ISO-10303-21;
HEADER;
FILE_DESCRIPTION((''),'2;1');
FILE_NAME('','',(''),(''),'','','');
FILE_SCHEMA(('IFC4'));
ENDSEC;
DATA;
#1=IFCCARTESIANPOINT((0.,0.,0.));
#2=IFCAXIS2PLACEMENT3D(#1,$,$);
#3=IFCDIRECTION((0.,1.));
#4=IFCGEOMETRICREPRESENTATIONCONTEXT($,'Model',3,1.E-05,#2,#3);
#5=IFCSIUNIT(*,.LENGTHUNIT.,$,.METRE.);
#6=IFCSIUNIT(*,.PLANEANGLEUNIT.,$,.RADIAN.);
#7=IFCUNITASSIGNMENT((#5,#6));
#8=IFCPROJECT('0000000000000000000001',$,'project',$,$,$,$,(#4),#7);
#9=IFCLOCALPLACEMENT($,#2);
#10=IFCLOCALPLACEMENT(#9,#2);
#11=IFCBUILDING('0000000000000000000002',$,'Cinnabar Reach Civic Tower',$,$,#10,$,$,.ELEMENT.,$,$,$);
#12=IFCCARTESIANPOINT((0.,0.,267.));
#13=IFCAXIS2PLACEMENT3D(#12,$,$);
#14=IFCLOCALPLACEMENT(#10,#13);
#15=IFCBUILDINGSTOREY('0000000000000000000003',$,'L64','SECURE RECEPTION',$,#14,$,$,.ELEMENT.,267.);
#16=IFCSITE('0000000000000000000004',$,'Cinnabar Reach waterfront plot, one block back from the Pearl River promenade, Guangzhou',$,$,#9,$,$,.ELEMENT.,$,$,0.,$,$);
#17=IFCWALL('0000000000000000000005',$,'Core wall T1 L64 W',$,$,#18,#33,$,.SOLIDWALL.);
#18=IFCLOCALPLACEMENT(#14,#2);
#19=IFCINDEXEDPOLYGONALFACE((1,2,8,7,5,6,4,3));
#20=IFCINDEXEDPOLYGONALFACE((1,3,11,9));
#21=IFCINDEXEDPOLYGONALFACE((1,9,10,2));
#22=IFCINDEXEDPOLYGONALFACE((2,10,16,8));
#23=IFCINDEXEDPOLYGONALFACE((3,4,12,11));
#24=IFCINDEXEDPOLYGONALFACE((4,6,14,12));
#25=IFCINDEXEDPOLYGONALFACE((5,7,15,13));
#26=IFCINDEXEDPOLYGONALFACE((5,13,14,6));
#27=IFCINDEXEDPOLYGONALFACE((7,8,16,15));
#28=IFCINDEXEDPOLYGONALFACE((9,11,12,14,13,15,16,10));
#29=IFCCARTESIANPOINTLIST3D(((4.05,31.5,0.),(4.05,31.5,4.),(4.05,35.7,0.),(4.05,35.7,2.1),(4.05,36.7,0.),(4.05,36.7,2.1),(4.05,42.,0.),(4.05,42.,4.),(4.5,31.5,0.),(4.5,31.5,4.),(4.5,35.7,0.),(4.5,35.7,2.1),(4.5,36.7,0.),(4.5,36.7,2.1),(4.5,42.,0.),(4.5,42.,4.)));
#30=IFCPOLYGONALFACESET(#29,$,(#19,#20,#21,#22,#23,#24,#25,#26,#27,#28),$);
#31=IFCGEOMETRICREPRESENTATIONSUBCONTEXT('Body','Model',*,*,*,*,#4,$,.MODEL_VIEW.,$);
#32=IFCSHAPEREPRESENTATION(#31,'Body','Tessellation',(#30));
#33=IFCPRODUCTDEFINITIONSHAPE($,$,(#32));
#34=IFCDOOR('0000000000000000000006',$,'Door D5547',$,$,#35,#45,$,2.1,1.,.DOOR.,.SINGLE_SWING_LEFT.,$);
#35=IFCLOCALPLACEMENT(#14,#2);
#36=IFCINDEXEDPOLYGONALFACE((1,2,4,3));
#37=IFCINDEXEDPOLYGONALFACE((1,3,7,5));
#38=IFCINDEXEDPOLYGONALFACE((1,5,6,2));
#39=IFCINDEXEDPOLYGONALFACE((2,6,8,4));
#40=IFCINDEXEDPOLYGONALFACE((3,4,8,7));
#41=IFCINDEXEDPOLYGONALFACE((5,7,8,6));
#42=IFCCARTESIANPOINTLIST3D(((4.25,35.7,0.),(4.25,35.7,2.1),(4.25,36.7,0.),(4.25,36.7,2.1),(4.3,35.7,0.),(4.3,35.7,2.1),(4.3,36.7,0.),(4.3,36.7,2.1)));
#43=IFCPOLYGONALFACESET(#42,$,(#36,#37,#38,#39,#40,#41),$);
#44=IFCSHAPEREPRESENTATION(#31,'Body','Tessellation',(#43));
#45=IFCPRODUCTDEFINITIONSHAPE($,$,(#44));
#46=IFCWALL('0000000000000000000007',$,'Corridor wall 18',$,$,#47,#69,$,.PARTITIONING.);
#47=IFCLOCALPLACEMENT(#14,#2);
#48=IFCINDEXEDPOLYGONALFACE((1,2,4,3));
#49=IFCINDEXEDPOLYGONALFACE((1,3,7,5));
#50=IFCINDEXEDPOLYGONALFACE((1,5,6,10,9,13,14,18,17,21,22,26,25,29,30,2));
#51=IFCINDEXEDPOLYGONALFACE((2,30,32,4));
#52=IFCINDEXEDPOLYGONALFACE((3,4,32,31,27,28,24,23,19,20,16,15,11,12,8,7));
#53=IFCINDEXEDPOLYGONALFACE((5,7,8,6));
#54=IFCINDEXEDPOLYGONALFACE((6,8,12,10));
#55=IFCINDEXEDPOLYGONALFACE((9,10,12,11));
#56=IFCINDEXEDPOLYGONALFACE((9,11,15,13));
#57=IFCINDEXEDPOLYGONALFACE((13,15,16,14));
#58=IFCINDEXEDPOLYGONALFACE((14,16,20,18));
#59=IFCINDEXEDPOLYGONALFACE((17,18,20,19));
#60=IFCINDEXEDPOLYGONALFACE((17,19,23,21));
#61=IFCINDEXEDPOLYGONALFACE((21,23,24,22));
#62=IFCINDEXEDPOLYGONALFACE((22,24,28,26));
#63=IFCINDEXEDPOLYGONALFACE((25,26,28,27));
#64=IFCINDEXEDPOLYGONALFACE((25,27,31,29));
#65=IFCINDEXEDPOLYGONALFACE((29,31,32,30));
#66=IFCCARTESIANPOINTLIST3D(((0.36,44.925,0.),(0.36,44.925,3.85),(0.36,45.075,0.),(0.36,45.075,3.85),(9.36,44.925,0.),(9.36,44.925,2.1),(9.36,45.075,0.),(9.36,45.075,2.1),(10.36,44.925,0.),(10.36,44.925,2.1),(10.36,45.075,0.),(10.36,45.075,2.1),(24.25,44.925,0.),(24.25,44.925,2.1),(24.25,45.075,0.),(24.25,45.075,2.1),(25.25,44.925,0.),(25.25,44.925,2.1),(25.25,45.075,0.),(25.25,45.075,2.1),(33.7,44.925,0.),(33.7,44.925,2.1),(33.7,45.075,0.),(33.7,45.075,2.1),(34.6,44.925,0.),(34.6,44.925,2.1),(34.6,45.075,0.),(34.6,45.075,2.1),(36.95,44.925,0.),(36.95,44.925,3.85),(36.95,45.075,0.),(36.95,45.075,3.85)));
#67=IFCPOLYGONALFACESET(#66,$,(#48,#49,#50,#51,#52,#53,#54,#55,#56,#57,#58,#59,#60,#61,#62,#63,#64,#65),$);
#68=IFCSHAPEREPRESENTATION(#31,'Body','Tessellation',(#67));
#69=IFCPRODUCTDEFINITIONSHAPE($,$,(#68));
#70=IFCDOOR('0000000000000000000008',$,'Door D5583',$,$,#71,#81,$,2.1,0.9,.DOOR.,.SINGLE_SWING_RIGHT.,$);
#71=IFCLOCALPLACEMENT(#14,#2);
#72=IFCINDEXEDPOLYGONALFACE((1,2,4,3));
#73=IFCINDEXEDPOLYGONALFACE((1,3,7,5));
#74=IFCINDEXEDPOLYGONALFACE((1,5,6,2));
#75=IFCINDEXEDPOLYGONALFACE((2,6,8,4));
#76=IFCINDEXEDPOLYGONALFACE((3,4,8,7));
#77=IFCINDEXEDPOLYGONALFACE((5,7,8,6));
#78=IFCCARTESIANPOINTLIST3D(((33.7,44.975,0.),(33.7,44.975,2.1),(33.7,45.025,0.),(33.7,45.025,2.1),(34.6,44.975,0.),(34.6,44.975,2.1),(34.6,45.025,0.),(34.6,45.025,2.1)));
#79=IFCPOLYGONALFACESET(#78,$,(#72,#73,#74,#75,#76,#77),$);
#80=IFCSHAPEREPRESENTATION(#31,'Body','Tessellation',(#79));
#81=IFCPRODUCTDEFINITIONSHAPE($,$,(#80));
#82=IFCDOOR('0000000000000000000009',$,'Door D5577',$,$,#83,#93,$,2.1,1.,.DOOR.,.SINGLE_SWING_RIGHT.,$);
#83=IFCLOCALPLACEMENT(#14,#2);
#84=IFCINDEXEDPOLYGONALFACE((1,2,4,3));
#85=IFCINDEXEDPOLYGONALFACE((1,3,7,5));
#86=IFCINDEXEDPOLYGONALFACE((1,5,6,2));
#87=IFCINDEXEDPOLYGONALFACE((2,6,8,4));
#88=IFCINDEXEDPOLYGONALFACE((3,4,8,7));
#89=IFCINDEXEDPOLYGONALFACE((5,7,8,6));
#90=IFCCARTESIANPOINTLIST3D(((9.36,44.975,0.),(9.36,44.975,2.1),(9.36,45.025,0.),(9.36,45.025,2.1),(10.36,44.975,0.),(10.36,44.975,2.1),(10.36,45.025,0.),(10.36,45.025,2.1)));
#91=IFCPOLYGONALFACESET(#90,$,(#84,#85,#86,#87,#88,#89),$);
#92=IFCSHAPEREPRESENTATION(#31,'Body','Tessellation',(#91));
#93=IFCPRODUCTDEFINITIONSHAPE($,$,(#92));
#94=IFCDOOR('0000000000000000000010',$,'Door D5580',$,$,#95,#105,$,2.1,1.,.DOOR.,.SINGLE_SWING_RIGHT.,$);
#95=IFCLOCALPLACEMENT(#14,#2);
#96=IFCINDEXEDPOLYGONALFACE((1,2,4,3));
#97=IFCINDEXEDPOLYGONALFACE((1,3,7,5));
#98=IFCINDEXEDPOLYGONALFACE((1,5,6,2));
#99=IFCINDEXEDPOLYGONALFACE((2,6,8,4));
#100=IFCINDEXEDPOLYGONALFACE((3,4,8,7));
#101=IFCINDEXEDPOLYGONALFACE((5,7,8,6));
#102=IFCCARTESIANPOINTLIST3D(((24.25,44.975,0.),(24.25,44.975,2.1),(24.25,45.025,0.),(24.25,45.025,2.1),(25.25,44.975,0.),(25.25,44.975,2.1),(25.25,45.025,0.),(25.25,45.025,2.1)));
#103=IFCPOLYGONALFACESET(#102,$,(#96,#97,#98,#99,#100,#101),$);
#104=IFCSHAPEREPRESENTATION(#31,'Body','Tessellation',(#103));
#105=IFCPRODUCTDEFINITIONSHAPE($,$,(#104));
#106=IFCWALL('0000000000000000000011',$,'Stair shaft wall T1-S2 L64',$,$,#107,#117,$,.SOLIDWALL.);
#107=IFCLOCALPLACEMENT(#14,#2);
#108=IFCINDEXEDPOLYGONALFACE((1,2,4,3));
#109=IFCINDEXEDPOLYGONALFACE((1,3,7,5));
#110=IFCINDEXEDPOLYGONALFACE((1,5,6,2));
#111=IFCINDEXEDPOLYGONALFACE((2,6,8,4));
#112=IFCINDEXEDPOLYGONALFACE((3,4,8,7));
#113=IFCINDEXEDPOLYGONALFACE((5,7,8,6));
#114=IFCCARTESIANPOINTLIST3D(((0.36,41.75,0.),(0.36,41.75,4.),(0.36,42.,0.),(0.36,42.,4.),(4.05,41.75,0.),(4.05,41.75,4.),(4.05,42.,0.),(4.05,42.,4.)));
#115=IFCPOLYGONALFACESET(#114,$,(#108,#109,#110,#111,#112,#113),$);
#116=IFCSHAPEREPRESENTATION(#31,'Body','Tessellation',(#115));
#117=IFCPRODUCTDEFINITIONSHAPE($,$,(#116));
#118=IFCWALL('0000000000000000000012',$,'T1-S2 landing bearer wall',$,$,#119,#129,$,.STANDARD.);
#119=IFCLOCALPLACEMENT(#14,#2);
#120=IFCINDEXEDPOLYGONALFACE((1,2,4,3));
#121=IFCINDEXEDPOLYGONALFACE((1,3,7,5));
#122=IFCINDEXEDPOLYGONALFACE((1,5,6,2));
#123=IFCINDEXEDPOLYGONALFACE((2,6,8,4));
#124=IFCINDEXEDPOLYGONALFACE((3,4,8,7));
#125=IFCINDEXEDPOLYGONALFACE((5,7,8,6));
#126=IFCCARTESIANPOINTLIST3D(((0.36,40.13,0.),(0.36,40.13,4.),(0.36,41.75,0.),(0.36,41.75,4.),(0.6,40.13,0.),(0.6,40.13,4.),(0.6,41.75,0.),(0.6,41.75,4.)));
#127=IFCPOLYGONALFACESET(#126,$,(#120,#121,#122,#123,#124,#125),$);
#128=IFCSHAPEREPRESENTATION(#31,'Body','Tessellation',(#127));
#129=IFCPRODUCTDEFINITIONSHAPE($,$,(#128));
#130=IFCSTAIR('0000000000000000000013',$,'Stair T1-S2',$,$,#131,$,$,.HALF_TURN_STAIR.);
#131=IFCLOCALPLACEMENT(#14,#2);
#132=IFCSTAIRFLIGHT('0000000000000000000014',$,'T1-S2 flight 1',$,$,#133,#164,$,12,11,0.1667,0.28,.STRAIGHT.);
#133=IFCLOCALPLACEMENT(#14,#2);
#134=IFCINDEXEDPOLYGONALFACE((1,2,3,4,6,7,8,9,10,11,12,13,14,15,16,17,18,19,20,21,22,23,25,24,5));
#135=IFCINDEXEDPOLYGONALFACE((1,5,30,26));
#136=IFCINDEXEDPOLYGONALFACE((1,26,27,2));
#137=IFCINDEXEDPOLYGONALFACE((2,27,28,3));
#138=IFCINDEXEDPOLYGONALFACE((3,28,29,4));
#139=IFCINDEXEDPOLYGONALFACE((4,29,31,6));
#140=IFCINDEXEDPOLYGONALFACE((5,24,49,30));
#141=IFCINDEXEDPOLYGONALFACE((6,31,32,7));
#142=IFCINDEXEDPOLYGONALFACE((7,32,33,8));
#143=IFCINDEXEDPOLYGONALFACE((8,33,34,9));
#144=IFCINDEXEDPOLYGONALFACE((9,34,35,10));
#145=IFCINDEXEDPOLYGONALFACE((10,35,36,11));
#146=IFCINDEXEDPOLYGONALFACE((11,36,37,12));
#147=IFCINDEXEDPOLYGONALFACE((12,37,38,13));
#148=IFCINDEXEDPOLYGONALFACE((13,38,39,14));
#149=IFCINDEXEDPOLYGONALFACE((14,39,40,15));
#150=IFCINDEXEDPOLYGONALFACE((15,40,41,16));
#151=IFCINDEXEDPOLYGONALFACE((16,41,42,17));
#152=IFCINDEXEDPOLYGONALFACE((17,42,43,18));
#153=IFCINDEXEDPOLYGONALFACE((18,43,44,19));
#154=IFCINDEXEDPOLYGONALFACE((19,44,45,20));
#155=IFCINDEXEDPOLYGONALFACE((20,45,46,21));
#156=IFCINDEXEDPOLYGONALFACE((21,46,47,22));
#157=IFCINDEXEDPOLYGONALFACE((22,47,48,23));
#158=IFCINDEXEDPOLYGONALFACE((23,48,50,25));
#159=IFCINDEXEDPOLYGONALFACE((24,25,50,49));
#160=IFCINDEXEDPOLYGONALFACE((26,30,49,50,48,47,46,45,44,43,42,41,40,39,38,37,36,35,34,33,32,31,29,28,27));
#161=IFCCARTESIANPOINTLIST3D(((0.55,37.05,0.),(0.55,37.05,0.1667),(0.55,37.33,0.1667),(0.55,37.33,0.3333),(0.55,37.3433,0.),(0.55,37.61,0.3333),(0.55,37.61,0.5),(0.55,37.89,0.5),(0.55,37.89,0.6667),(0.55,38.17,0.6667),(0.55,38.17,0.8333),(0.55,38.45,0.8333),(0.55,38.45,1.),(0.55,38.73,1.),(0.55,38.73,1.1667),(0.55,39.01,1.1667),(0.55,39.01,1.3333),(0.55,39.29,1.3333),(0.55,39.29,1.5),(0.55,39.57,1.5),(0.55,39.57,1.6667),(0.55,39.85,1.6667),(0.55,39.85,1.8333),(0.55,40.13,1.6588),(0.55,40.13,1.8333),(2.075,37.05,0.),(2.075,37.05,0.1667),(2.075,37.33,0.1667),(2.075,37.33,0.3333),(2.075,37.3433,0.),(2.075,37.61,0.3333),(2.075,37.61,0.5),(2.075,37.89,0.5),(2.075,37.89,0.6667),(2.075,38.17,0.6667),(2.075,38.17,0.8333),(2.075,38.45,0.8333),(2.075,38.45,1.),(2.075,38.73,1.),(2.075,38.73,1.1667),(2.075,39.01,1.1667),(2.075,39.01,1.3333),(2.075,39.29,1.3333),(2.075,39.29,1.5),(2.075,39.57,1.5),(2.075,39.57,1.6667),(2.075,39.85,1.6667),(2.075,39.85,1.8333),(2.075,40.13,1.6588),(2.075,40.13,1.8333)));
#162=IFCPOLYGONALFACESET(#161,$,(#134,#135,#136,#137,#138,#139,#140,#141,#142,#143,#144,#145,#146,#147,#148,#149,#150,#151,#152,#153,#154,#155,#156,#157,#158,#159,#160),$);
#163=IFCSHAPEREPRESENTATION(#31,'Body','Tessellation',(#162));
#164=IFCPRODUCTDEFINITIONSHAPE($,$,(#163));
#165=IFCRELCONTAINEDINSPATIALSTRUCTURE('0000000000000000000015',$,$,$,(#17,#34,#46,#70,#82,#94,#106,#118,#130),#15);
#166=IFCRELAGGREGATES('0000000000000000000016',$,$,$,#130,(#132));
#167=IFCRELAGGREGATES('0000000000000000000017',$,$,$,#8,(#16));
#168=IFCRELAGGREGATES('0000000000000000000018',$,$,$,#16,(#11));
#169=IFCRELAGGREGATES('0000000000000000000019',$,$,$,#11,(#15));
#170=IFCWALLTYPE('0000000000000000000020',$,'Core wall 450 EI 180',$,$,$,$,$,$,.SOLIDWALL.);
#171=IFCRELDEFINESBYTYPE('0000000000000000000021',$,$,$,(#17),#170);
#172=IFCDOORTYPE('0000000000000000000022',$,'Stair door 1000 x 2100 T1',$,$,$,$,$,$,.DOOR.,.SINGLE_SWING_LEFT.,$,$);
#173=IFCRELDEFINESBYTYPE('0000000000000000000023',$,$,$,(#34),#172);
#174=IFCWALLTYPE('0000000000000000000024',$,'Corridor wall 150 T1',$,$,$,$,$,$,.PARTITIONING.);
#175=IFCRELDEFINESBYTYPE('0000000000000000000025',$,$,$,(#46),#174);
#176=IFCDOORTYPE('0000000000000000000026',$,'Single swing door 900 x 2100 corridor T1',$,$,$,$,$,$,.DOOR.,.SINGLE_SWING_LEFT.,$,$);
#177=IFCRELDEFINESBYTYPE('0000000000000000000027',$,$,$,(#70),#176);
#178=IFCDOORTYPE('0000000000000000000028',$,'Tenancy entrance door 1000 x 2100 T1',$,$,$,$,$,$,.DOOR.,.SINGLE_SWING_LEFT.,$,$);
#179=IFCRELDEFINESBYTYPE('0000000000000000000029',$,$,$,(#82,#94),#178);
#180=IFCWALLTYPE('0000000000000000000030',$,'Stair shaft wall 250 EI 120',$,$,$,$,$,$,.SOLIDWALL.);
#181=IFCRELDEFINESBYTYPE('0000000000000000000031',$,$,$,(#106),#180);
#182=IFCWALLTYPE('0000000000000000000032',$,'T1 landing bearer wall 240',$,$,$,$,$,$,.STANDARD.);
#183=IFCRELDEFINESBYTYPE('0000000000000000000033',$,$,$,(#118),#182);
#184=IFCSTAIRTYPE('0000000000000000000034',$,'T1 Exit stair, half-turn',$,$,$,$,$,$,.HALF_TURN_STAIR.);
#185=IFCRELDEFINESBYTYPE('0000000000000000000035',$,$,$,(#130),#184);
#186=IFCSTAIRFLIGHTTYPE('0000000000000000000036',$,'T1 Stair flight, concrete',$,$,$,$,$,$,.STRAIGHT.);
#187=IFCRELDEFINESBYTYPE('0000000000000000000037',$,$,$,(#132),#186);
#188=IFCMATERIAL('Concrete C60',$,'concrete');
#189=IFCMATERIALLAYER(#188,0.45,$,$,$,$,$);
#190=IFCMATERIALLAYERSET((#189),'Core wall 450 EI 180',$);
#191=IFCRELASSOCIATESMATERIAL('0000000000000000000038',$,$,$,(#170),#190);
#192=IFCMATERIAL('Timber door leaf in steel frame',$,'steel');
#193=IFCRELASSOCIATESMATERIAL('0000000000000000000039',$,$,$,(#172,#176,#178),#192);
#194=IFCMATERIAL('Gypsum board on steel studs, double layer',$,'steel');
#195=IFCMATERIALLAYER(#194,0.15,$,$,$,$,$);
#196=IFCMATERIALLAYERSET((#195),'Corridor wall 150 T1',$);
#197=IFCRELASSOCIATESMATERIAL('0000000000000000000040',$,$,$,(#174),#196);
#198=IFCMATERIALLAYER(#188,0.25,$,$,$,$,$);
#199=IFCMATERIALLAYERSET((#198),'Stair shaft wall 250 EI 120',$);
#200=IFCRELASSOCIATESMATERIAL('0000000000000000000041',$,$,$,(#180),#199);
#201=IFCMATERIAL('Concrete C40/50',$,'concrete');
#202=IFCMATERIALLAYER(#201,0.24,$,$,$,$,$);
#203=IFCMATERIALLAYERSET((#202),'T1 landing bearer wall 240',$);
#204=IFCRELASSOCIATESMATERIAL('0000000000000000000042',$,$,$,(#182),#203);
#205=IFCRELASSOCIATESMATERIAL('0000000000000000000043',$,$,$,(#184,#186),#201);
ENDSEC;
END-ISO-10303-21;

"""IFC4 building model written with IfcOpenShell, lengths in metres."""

from ifc_helpers import new_model, si_unit, direction, frame, frame_2d, origin, place, context, subcontext, project, spatial, polyline, rectangle, outline, extrude, material, layer, layer_set, type_object, element, fill, aggregate, save


model = new_model("IFC4")

# Units and contexts
model_context = context("Model", 3, precision=1e-05, world=origin(), true_north=direction((0.0, 1.0)))
body_context = subcontext(model_context, "Body", "Model", "MODEL_VIEW")
ifc_project = project(units=[si_unit("LENGTHUNIT", "METRE"), si_unit("PLANEANGLEUNIT", "RADIAN")], contexts=[model_context])

# Site, building, storey
site_placement = place(None, origin())
site = spatial("IfcSite", under=ifc_project, at=site_placement, Name="Cinnabar Reach waterfront plot, one block back from the Pearl River promenade, Guangzhou", CompositionType="ELEMENT", RefElevation=0.0)
building_placement = place(site_placement, origin())
building = spatial("IfcBuilding", under=site, at=building_placement, Name="Cinnabar Reach Civic Tower", CompositionType="ELEMENT")
storey_placement = place(building_placement, frame((0.0, 0.0, 267.0)))
storey = spatial("IfcBuildingStorey", under=building, at=storey_placement, Name="L64", Description="SECURE RECEPTION", CompositionType="ELEMENT", Elevation=267.0)

# Shared definitions
ifc_material_1 = material(Name="Concrete C60", Category="concrete")

# Wall, opening, door
ifc_layer_1 = layer(ifc_material_1, 0.45)
ifc_layer_set_1 = layer_set([ifc_layer_1], Name="Core wall 450 EI 180")
wall_type_1 = type_object("IfcWallType", Name="Core wall 450 EI 180", PredefinedType="SOLIDWALL", material=ifc_layer_set_1)
wall_1_placement = place(storey_placement, frame((4.275, 42.0, 0.0), z_axis=(0.0, 0.0, 1.0), x_axis=(0.0, -1.0, 0.0)))
wall_1 = element("IfcWall", 1, at=wall_1_placement, inside=storey, type_object=wall_type_1, Name="Core wall T1 L64 W", PredefinedType="SOLIDWALL", context=body_context, shape_type="SweptSolid", body=[
    extrude(rectangle(XDim=10.5, YDim=0.45, at=frame_2d((5.25, 0.0))), origin(), (0.0, 0.0, 1.0), 4.0),
])
opening_1_placement = place(wall_1_placement, frame((5.3, 0.0, 0.0)))
opening_1 = element("IfcOpeningElement", 2, at=opening_1_placement, cuts=wall_1, PredefinedType="OPENING", context=body_context, shape_type="SweptSolid", body=[
    extrude(rectangle(XDim=1.0, YDim=2.1, at=frame_2d((0.5, 1.05))), frame((0.0, 0.235, 0.0), z_axis=(0.0, -1.0, 0.0), x_axis=(1.0, 0.0, 0.0)), (0.0, 0.0, 1.0), 0.47),
])
ifc_material_2 = material(Name="Timber door leaf in steel frame", Category="steel")
door_type_1 = type_object("IfcDoorType", Name="Stair door 1000 x 2100 T1", OperationType="SINGLE_SWING_LEFT", PredefinedType="DOOR", material=ifc_material_2)
door_1_placement = place(opening_1_placement, frame((1.0, 0.0, 0.0), z_axis=(0.0, 0.0, 1.0), x_axis=(-1.0, 0.0, 0.0)))
door_1 = element("IfcDoor", 3, at=door_1_placement, inside=storey, type_object=door_type_1, Name="Door D5547", OperationType="SINGLE_SWING_LEFT", OverallHeight=2.1, OverallWidth=1.0, PredefinedType="DOOR", context=body_context, shape_type="SweptSolid", body=[
    extrude(rectangle(XDim=1.0, YDim=2.1, at=frame_2d((0.5, 1.05))), frame((0.0, 0.025, 0.0), z_axis=(0.0, -1.0, 0.0), x_axis=(1.0, 0.0, 0.0)), (0.0, 0.0, 1.0), 0.05),
])
fill(opening_1, door_1)

# Wall, openings, doors
ifc_material_3 = material(Name="Gypsum board on steel studs, double layer", Category="steel")
ifc_layer_2 = layer(ifc_material_3, 0.15)
ifc_layer_set_2 = layer_set([ifc_layer_2], Name="Corridor wall 150 T1")
wall_type_2 = type_object("IfcWallType", Name="Corridor wall 150 T1", PredefinedType="PARTITIONING", material=ifc_layer_set_2)
wall_2_placement = place(storey_placement, frame((0.36, 45.0, 0.0), z_axis=(0.0, 0.0, 1.0), x_axis=(1.0, 0.0, 0.0)))
wall_2 = element("IfcWall", 4, at=wall_2_placement, inside=storey, type_object=wall_type_2, Name="Corridor wall 18", PredefinedType="PARTITIONING", context=body_context, shape_type="SweptSolid", body=[
    extrude(rectangle(XDim=36.59, YDim=0.15, at=frame_2d((18.295, 0.0))), origin(), (0.0, 0.0, 1.0), 3.85),
])
opening_2_placement = place(wall_2_placement, frame((9.0, 0.0, 0.0)))
opening_2 = element("IfcOpeningElement", 5, at=opening_2_placement, cuts=wall_2, PredefinedType="OPENING", context=body_context, shape_type="SweptSolid", body=[
    extrude(rectangle(XDim=1.0, YDim=2.1, at=frame_2d((0.5, 1.05))), frame((0.0, 0.085, 0.0), z_axis=(0.0, -1.0, 0.0), x_axis=(1.0, 0.0, 0.0)), (0.0, 0.0, 1.0), 0.17),
])
opening_3_placement = place(wall_2_placement, frame((23.89, 0.0, 0.0)))
opening_3 = element("IfcOpeningElement", 6, at=opening_3_placement, cuts=wall_2, PredefinedType="OPENING", context=body_context, shape_type="SweptSolid", body=[
    extrude(rectangle(XDim=1.0, YDim=2.1, at=frame_2d((0.5, 1.05))), frame((0.0, 0.085, 0.0), z_axis=(0.0, -1.0, 0.0), x_axis=(1.0, 0.0, 0.0)), (0.0, 0.0, 1.0), 0.17),
])
opening_4_placement = place(wall_2_placement, frame((33.34, 0.0, 0.0)))
opening_4 = element("IfcOpeningElement", 7, at=opening_4_placement, cuts=wall_2, PredefinedType="OPENING", context=body_context, shape_type="SweptSolid", body=[
    extrude(rectangle(XDim=0.9, YDim=2.1, at=frame_2d((0.45, 1.05))), frame((0.0, 0.085, 0.0), z_axis=(0.0, -1.0, 0.0), x_axis=(1.0, 0.0, 0.0)), (0.0, 0.0, 1.0), 0.17),
])
door_type_2 = type_object("IfcDoorType", Name="Single swing door 900 x 2100 corridor T1", OperationType="SINGLE_SWING_LEFT", PredefinedType="DOOR", material=ifc_material_2)
door_2_placement = place(opening_4_placement, origin())
door_2 = element("IfcDoor", 8, at=door_2_placement, inside=storey, type_object=door_type_2, Name="Door D5583", OperationType="SINGLE_SWING_RIGHT", OverallHeight=2.1, OverallWidth=0.9, PredefinedType="DOOR", context=body_context, shape_type="SweptSolid", body=[
    extrude(rectangle(XDim=0.9, YDim=2.1, at=frame_2d((0.45, 1.05))), frame((0.0, 0.025, 0.0), z_axis=(0.0, -1.0, 0.0), x_axis=(1.0, 0.0, 0.0)), (0.0, 0.0, 1.0), 0.05),
])
fill(opening_4, door_2)
door_type_3 = type_object("IfcDoorType", Name="Tenancy entrance door 1000 x 2100 T1", OperationType="SINGLE_SWING_LEFT", PredefinedType="DOOR", material=ifc_material_2)
door_3_placement = place(opening_2_placement, origin())
door_3 = element("IfcDoor", 9, at=door_3_placement, inside=storey, type_object=door_type_3, Name="Door D5577", OperationType="SINGLE_SWING_RIGHT", OverallHeight=2.1, OverallWidth=1.0, PredefinedType="DOOR", context=body_context, shape_type="SweptSolid", body=[
    extrude(rectangle(XDim=1.0, YDim=2.1, at=frame_2d((0.5, 1.05))), frame((0.0, 0.025, 0.0), z_axis=(0.0, -1.0, 0.0), x_axis=(1.0, 0.0, 0.0)), (0.0, 0.0, 1.0), 0.05),
])
fill(opening_2, door_3)
door_4_placement = place(opening_3_placement, origin())
door_4 = element("IfcDoor", 10, at=door_4_placement, inside=storey, type_object=door_type_3, Name="Door D5580", OperationType="SINGLE_SWING_RIGHT", OverallHeight=2.1, OverallWidth=1.0, PredefinedType="DOOR", context=body_context, shape_type="SweptSolid", body=[
    extrude(rectangle(XDim=1.0, YDim=2.1, at=frame_2d((0.5, 1.05))), frame((0.0, 0.025, 0.0), z_axis=(0.0, -1.0, 0.0), x_axis=(1.0, 0.0, 0.0)), (0.0, 0.0, 1.0), 0.05),
])
fill(opening_3, door_4)

# Walls
ifc_layer_3 = layer(ifc_material_1, 0.25)
ifc_layer_set_3 = layer_set([ifc_layer_3], Name="Stair shaft wall 250 EI 120")
wall_type_3 = type_object("IfcWallType", Name="Stair shaft wall 250 EI 120", PredefinedType="SOLIDWALL", material=ifc_layer_set_3)
wall_3_placement = place(storey_placement, frame((4.05, 41.875, 0.0), z_axis=(0.0, 0.0, 1.0), x_axis=(-1.0, 0.0, 0.0)))
element("IfcWall", 11, at=wall_3_placement, inside=storey, type_object=wall_type_3, Name="Stair shaft wall T1-S2 L64", PredefinedType="SOLIDWALL", context=body_context, shape_type="SweptSolid", body=[
    extrude(rectangle(XDim=3.69, YDim=0.25, at=frame_2d((1.845, 0.0))), origin(), (0.0, 0.0, 1.0), 4.0),
])
ifc_material_4 = material(Name="Concrete C40/50", Category="concrete")
ifc_layer_4 = layer(ifc_material_4, 0.24)
ifc_layer_set_4 = layer_set([ifc_layer_4], Name="T1 landing bearer wall 240")
wall_type_4 = type_object("IfcWallType", Name="T1 landing bearer wall 240", PredefinedType="STANDARD", material=ifc_layer_set_4)
wall_4_placement = place(storey_placement, frame((0.48, 40.13, 0.0), z_axis=(0.0, 0.0, 1.0), x_axis=(0.0, 1.0, 0.0)))
element("IfcWall", 12, at=wall_4_placement, inside=storey, type_object=wall_type_4, Name="T1-S2 landing bearer wall", PredefinedType="STANDARD", context=body_context, shape_type="SweptSolid", body=[
    extrude(rectangle(XDim=1.62, YDim=0.24, at=frame_2d((0.81, 0.0))), origin(), (0.0, 0.0, 1.0), 4.0),
])

# Stair, stair flight
stair_type = type_object("IfcStairType", Name="T1 Exit stair, half-turn", PredefinedType="HALF_TURN_STAIR", material=ifc_material_4)
stair_placement = place(storey_placement, origin())
stair = element("IfcStair", 13, at=stair_placement, inside=storey, type_object=stair_type, Name="Stair T1-S2", PredefinedType="HALF_TURN_STAIR")
stair_flight_type = type_object("IfcStairFlightType", Name="T1 Stair flight, concrete", PredefinedType="STRAIGHT", material=ifc_material_4)
stair_flight_1_placement = place(storey_placement, frame((1.3125, 37.05, 0.0), z_axis=(0.0, 0.0, 1.0), x_axis=(0.0, 1.0, 0.0)))
stair_flight_1 = element("IfcStairFlight", 14, at=stair_flight_1_placement, type_object=stair_flight_type, Name="T1-S2 flight 1", NumberOfRisers=12, NumberOfTreads=11, PredefinedType="STRAIGHT", RiserHeight=0.1667, TreadLength=0.28, context=body_context, shape_type="SweptSolid", body=[
    extrude(outline(polyline([(0.0, 0.0), (0.0, 0.1667), (0.28, 0.1667), (0.28, 0.3333), (0.56, 0.3333), (0.56, 0.5), (0.84, 0.5), (0.84, 0.6667), (1.12, 0.6667), (1.12, 0.8333), (1.4, 0.8333), (1.4, 1.0), (1.68, 1.0), (1.68, 1.1667), (1.96, 1.1667), (1.96, 1.3333), (2.24, 1.3333), (2.24, 1.5), (2.52, 1.5), (2.52, 1.6667), (2.8, 1.6667), (2.8, 1.8333), (3.08, 1.8333), (3.08, 2.0), (3.08, 1.6588), (0.2933, 0.0), (0.0, 0.0)])), frame((0.0, 0.7625, 0.0), z_axis=(0.0, -1.0, 0.0), x_axis=(1.0, 0.0, 0.0)), (0.0, 0.0, 1.0), 1.525),
])
aggregate(stair, [stair_flight_1])

save(model, "model.ifc")
